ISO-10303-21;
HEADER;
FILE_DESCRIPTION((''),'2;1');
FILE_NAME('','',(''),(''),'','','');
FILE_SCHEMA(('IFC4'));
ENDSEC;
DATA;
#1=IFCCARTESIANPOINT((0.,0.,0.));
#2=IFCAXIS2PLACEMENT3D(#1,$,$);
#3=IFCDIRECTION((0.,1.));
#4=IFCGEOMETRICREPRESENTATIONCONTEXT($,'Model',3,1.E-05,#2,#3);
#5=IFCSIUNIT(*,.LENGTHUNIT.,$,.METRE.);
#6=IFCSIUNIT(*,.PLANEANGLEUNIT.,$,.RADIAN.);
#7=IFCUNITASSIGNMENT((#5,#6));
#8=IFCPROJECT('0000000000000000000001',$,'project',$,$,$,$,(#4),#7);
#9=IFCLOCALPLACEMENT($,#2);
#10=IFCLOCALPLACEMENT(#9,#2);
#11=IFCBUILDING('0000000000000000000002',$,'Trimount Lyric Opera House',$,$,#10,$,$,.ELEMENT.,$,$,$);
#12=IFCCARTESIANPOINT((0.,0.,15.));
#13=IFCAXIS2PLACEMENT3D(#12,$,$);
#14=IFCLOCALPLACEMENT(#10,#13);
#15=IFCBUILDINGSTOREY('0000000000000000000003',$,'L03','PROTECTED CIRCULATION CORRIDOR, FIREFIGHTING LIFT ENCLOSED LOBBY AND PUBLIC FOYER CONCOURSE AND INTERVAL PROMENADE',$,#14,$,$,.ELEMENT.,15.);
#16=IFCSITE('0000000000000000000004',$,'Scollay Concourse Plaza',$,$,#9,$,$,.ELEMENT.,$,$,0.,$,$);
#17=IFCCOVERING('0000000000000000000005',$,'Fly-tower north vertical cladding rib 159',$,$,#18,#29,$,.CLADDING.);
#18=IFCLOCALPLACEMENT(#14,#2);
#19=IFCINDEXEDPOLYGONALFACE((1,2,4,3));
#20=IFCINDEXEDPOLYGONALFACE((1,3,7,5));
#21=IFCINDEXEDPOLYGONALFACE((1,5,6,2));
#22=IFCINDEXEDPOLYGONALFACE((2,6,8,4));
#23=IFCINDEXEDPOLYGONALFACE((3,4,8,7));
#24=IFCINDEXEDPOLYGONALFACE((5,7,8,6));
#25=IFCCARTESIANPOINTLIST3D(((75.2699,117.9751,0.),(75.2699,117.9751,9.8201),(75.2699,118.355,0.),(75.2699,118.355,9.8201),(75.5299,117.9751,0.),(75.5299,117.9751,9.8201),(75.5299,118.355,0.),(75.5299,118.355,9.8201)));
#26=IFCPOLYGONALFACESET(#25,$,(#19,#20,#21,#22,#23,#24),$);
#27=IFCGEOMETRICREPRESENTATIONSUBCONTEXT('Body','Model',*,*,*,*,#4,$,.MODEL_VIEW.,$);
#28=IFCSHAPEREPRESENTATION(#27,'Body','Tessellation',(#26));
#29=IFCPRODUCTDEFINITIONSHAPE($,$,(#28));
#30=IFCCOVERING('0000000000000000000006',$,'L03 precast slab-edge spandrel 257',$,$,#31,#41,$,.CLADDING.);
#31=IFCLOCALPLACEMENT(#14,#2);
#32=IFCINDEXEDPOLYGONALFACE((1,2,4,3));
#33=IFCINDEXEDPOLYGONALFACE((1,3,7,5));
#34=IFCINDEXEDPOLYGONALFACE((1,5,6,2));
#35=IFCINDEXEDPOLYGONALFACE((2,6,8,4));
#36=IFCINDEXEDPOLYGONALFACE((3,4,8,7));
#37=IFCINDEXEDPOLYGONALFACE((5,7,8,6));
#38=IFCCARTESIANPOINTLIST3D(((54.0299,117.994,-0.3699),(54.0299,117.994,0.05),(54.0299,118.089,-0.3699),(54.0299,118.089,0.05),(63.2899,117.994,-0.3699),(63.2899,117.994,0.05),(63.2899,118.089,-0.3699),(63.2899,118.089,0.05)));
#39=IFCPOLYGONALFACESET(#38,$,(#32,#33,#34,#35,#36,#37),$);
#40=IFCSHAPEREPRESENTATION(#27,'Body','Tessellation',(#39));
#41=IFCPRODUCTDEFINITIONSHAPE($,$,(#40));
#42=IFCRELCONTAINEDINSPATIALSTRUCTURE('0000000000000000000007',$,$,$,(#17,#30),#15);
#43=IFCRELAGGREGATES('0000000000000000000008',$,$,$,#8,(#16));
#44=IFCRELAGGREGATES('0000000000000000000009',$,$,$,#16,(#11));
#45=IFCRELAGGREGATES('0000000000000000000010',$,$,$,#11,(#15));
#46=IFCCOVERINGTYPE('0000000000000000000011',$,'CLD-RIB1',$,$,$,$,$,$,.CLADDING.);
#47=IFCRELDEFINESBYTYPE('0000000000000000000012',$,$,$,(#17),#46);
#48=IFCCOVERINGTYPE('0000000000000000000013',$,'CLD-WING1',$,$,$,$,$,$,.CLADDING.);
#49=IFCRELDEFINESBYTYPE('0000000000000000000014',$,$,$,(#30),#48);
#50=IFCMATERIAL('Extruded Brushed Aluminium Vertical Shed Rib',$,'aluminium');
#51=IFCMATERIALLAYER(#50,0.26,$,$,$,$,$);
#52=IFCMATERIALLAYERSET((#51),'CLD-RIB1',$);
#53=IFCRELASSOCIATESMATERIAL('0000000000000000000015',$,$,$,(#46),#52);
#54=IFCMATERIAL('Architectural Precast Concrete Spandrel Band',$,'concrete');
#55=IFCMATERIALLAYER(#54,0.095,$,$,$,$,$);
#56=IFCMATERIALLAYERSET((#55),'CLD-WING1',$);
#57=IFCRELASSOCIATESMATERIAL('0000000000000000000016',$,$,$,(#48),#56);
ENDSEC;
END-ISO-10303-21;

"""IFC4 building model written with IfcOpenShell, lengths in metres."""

from ifc_helpers import new_model, si_unit, direction, frame, origin, origin_2d, place, context, subcontext, project, spatial, rectangle, extrude, material, layer, layer_set, type_object, element, save


model = new_model("IFC4")

# Units and contexts
model_context = context("Model", 3, precision=1e-05, world=origin(), true_north=direction((0.0, 1.0)))
body_context = subcontext(model_context, "Body", "Model", "MODEL_VIEW")
ifc_project = project(units=[si_unit("LENGTHUNIT", "METRE"), si_unit("PLANEANGLEUNIT", "RADIAN")], contexts=[model_context])

# Site, building, storey
site_placement = place(None, origin())
site = spatial("IfcSite", under=ifc_project, at=site_placement, Name="Scollay Concourse Plaza", CompositionType="ELEMENT", RefElevation=0.0)
building_placement = place(site_placement, origin())
building = spatial("IfcBuilding", under=site, at=building_placement, Name="Trimount Lyric Opera House", CompositionType="ELEMENT")
storey_placement = place(building_placement, frame((0.0, 0.0, 15.0)))
storey = spatial("IfcBuildingStorey", under=building, at=storey_placement, Name="L03", Description="PROTECTED CIRCULATION CORRIDOR, FIREFIGHTING LIFT ENCLOSED LOBBY AND PUBLIC FOYER CONCOURSE AND INTERVAL PROMENADE", CompositionType="ELEMENT", Elevation=15.0)

# Coverings
ifc_material_1 = material(Name="Extruded Brushed Aluminium Vertical Shed Rib", Category="aluminium")
ifc_layer_1 = layer(ifc_material_1, 0.26)
ifc_layer_set_1 = layer_set([ifc_layer_1], Name="CLD-RIB1")
covering_type_1 = type_object("IfcCoveringType", Name="CLD-RIB1", PredefinedType="CLADDING", material=ifc_layer_set_1)
for number, where, z_axis, x_axis, name in (
    (1, (75.3999, 118.165, 0.0), (0.0, 0.0, 1.0), (1.0, 0.0, 0.0), "Fly-tower north vertical cladding rib 159"),
):
    element("IfcCovering", number, at=place(storey_placement, frame(where, z_axis=z_axis, x_axis=x_axis)), inside=storey, type_object=covering_type_1, Name=name, PredefinedType="CLADDING", context=body_context, shape_type="SweptSolid", body=[
        extrude(rectangle(XDim=0.26, YDim=0.3799, at=origin_2d()), origin(), (0.0, 0.0, 1.0), 9.8201),
    ])
ifc_material_2 = material(Name="Architectural Precast Concrete Spandrel Band", Category="concrete")
ifc_layer_2 = layer(ifc_material_2, 0.095)
ifc_layer_set_2 = layer_set([ifc_layer_2], Name="CLD-WING1")
covering_type_2 = type_object("IfcCoveringType", Name="CLD-WING1", PredefinedType="CLADDING", material=ifc_layer_set_2)
covering_placement = place(storey_placement, frame((58.6599, 118.0415, -0.3699), z_axis=(0.0, 0.0, 1.0), x_axis=(1.0, 0.0, 0.0)))
element("IfcCovering", 2, at=covering_placement, inside=storey, type_object=covering_type_2, Name="L03 precast slab-edge spandrel 257", PredefinedType="CLADDING", context=body_context, shape_type="SweptSolid", body=[
    extrude(rectangle(XDim=9.26, YDim=0.095, at=origin_2d()), origin(), (0.0, 0.0, 1.0), 0.4199),
])

save(model, "model.ifc")
